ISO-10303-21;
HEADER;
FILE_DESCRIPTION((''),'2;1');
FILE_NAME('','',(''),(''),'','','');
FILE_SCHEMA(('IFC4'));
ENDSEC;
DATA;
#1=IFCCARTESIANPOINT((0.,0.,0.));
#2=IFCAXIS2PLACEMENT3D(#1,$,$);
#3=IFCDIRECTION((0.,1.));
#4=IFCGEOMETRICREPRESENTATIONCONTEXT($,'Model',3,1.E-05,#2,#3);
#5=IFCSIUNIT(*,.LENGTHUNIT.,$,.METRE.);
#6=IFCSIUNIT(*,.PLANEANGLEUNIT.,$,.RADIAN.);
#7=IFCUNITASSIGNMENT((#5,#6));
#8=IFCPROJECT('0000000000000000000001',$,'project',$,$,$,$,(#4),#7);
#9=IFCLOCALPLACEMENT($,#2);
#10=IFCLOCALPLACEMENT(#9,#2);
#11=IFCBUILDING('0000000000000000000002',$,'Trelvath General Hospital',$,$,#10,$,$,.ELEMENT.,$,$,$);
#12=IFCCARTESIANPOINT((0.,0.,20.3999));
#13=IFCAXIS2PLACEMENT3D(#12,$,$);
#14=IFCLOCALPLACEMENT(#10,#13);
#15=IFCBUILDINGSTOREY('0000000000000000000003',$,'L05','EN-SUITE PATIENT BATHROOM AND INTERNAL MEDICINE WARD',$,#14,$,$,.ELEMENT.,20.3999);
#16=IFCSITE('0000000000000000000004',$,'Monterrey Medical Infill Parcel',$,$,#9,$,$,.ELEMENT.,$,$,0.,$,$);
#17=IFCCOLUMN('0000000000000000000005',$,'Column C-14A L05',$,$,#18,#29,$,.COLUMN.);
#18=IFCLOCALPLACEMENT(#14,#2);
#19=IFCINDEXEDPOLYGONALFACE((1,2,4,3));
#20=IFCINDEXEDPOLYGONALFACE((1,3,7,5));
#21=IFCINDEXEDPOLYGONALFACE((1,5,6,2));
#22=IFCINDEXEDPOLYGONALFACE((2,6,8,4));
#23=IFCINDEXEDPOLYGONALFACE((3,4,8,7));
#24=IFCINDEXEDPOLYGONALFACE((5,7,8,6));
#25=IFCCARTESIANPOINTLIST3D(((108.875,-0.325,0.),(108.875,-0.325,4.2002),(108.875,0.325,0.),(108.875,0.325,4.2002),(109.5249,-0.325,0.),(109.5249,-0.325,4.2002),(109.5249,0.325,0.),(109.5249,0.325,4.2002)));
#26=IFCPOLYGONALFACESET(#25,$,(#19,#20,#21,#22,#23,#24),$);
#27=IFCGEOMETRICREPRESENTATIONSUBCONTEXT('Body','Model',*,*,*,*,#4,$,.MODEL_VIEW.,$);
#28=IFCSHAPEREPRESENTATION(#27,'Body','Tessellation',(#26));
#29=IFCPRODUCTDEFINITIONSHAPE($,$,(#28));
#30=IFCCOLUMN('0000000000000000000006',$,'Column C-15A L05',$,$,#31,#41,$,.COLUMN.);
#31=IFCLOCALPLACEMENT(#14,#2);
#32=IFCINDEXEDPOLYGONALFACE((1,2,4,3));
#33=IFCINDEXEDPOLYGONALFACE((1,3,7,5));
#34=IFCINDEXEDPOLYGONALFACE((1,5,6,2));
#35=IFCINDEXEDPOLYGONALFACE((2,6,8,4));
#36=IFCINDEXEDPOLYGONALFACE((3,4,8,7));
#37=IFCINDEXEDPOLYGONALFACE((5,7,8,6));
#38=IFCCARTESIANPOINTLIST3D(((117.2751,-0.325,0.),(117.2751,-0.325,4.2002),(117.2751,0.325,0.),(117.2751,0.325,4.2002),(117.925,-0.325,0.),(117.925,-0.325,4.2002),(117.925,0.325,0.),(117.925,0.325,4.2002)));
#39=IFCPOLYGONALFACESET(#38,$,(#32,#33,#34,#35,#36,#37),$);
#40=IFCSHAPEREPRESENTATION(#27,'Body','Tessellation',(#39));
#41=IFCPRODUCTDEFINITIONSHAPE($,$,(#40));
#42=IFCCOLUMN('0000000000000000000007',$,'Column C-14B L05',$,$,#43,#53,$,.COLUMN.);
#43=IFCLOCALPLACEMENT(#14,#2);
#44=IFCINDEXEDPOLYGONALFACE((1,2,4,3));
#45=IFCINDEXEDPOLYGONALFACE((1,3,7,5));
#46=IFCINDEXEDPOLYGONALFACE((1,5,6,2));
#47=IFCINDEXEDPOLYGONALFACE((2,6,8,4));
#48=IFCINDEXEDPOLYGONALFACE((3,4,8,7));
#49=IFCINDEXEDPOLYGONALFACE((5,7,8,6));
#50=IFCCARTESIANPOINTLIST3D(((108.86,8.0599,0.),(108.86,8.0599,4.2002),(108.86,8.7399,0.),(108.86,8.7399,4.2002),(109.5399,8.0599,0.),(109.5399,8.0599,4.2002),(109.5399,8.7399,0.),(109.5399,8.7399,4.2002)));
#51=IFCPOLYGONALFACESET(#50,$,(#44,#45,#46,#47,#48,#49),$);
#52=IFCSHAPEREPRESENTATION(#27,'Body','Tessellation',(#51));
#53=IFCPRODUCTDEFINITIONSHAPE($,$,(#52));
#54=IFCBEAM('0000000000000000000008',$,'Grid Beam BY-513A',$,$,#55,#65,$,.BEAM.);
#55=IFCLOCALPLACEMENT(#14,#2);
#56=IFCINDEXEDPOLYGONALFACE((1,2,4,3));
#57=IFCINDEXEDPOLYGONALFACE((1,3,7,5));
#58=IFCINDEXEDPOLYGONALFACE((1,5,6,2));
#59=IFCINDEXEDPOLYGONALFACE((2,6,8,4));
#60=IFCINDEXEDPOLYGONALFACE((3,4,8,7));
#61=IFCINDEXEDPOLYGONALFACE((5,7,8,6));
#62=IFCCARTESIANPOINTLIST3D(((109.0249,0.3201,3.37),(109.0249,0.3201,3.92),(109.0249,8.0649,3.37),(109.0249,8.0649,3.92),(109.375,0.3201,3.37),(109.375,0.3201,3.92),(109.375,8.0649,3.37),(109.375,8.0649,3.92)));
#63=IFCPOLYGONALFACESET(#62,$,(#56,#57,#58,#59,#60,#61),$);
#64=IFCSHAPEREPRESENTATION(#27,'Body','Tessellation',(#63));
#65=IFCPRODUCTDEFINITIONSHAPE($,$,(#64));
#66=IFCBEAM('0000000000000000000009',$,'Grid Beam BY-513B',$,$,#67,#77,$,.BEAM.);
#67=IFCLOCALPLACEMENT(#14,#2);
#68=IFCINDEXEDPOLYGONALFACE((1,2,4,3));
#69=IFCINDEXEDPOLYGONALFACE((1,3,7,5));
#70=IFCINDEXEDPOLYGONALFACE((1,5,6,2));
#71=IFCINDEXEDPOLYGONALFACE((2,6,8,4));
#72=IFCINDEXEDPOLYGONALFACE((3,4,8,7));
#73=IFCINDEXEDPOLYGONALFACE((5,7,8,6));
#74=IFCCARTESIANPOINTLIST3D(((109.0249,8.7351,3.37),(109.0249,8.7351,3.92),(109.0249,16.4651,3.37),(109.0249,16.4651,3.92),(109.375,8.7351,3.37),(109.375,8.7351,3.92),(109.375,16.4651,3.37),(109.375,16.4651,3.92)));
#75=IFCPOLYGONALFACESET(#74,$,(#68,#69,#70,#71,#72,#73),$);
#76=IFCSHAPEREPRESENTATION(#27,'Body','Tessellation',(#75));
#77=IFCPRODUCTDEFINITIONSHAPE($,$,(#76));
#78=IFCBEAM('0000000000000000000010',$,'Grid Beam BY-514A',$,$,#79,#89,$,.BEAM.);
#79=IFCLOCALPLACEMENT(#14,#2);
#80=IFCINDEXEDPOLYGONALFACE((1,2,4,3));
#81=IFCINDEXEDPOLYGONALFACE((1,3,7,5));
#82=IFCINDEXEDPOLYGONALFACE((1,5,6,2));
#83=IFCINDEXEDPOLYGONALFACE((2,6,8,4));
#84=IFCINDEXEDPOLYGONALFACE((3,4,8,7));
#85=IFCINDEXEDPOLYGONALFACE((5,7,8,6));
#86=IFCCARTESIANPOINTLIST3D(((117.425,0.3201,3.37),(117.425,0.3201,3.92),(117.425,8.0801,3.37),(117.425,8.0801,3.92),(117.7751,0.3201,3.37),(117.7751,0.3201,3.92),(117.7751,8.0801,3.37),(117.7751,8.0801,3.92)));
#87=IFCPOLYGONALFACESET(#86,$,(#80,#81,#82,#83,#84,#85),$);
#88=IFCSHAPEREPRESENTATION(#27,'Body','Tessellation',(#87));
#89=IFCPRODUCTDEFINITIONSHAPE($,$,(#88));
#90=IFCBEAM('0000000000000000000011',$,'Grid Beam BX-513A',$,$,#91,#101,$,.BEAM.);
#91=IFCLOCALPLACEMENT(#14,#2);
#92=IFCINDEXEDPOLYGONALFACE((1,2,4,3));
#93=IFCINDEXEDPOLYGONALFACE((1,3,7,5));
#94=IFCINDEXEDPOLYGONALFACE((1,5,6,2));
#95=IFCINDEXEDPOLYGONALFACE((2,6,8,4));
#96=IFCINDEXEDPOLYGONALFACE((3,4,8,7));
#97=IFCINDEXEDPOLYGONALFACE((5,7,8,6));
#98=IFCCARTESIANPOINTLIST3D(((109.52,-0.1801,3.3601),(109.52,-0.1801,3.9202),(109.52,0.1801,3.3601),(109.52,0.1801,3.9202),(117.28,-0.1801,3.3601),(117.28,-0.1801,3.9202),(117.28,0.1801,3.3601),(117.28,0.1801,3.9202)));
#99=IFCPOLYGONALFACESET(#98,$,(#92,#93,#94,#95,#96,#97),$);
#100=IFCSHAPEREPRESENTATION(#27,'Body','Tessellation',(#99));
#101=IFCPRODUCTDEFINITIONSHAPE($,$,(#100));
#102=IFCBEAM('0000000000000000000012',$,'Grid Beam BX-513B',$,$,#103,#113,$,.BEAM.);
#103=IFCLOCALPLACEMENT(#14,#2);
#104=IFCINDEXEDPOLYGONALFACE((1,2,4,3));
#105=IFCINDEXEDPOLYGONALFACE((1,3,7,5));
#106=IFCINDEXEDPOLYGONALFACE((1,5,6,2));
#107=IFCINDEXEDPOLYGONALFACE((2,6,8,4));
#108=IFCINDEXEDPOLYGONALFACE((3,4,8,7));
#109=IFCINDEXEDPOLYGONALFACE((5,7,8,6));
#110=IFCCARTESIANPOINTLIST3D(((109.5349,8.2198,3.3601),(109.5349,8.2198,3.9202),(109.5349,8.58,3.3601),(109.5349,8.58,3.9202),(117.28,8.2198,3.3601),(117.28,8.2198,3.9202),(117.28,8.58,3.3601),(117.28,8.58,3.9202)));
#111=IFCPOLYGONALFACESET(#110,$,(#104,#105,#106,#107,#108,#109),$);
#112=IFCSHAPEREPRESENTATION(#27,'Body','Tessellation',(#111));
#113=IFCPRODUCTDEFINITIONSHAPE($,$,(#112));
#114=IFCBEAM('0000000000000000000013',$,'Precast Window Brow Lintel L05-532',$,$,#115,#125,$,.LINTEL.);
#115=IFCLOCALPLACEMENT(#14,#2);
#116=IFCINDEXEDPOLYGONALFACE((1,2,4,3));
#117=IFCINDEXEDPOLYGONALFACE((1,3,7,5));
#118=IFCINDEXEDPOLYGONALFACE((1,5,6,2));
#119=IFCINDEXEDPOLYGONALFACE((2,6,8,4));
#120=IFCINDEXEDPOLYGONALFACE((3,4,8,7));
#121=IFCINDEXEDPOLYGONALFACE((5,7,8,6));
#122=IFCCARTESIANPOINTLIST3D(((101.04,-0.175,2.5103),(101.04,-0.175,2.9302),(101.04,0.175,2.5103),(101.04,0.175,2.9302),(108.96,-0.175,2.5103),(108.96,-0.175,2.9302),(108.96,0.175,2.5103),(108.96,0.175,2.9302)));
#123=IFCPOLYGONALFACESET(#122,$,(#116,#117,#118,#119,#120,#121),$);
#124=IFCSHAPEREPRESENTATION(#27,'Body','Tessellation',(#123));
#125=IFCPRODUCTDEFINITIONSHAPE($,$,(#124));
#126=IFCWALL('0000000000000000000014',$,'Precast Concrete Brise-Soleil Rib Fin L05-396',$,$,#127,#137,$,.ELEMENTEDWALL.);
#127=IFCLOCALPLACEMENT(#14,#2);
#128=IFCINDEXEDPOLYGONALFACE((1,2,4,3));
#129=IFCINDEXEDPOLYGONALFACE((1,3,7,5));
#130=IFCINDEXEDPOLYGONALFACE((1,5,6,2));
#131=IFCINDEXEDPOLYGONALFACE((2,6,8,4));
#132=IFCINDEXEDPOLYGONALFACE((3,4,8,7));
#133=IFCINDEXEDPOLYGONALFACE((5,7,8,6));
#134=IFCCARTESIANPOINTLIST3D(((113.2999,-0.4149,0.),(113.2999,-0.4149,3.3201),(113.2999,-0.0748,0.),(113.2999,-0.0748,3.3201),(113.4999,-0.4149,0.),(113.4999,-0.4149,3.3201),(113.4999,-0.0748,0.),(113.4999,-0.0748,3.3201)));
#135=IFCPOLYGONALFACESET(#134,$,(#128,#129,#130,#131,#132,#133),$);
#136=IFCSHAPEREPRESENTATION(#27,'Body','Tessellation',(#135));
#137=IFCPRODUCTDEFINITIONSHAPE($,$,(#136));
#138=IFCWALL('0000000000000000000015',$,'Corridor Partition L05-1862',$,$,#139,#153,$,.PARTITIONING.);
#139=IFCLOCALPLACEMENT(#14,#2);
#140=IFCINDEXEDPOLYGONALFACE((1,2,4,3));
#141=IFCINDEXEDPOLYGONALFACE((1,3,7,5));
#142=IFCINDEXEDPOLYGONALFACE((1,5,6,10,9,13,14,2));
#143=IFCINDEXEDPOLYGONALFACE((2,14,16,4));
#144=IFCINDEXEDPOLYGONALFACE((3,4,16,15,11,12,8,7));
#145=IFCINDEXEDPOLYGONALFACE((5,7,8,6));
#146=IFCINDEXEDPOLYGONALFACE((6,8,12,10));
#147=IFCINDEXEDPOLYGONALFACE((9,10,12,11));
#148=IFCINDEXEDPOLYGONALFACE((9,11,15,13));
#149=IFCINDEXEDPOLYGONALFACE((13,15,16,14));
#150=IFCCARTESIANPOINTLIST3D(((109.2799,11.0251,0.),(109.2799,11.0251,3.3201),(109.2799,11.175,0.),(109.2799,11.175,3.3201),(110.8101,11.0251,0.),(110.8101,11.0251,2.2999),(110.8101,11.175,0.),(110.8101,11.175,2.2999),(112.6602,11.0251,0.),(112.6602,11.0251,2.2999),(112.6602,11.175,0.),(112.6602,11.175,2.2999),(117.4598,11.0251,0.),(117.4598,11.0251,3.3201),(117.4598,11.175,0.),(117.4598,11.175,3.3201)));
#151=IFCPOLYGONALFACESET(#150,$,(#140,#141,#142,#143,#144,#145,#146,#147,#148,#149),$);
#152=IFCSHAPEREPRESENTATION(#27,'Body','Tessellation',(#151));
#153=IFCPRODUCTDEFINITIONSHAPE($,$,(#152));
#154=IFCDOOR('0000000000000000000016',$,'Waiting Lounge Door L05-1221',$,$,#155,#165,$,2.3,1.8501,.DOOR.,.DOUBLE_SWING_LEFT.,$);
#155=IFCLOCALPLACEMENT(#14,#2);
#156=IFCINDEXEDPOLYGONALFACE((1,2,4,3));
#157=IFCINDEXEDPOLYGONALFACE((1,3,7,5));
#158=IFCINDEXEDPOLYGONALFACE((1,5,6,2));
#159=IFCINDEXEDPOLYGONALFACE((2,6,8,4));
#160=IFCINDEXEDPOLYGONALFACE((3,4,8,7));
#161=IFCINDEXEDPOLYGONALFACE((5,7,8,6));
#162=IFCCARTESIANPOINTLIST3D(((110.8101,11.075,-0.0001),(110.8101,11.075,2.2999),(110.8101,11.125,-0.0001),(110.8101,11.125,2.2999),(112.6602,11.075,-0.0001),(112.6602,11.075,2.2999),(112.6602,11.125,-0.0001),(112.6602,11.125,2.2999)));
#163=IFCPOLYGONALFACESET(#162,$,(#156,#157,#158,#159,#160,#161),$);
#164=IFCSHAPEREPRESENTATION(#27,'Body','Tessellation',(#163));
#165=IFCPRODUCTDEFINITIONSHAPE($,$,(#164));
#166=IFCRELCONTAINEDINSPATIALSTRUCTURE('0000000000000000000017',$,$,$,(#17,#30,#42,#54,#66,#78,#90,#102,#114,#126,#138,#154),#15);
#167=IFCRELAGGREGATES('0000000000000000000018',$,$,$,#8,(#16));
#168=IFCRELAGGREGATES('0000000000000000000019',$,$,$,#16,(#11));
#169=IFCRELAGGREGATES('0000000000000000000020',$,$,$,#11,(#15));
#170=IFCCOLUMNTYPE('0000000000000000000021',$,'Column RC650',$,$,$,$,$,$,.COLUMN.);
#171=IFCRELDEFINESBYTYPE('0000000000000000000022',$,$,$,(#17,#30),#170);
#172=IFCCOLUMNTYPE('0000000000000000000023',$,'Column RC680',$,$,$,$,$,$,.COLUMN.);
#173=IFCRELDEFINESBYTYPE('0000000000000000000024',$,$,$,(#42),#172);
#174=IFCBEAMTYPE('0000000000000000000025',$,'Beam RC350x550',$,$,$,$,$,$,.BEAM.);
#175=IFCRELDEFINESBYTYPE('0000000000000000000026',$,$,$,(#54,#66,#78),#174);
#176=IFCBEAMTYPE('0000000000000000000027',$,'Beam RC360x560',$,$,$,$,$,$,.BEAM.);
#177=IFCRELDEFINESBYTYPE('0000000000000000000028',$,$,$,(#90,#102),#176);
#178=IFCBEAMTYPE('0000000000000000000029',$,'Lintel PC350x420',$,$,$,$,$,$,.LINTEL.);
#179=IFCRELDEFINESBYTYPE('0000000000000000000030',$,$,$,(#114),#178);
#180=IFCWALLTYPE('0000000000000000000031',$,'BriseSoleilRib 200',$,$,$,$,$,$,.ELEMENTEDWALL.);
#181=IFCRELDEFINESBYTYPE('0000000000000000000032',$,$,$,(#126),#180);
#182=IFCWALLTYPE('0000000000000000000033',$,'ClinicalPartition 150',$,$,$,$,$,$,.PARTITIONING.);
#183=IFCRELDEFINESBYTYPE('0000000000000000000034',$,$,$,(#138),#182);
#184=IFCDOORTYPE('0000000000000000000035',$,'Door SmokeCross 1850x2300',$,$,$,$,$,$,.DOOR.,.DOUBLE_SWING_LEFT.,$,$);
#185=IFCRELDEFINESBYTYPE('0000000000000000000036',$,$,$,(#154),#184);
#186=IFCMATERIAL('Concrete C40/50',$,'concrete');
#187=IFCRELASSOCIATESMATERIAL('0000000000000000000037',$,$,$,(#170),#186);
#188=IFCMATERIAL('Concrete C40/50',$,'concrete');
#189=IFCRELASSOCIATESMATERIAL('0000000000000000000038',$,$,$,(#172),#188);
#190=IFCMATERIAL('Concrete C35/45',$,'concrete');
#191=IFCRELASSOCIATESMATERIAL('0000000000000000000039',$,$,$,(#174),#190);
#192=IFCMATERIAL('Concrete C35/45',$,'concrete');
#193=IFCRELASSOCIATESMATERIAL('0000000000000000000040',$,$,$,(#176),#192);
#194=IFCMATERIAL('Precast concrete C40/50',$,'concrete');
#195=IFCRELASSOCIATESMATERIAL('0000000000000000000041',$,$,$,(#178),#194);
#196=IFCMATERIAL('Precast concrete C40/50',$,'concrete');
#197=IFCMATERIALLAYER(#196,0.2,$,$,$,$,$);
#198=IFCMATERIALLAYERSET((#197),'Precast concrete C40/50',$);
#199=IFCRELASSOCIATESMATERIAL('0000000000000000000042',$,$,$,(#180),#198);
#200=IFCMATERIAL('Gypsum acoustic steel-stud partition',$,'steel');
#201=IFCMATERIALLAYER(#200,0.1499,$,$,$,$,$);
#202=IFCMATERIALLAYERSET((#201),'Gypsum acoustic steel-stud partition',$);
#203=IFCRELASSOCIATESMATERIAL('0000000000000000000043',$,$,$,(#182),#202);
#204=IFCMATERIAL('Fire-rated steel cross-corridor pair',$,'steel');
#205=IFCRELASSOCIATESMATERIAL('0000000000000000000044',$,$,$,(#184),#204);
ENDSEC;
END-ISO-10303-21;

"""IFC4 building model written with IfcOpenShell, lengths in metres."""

from ifc_helpers import new_model, si_unit, direction, frame, frame_2d, origin, origin_2d, place, context, subcontext, project, spatial, rectangle, extrude, material, layer, layer_set, material_profile, profile_set, type_object, element, fill, save


model = new_model("IFC4")

# Units and contexts
model_context = context("Model", 3, precision=1e-05, world=origin(), true_north=direction((0.0, 1.0)))
body_context = subcontext(model_context, "Body", "Model", "MODEL_VIEW")
ifc_project = project(units=[si_unit("LENGTHUNIT", "METRE"), si_unit("PLANEANGLEUNIT", "RADIAN")], contexts=[model_context])

# Site, building, storey
site_placement = place(None, origin())
site = spatial("IfcSite", under=ifc_project, at=site_placement, Name="Monterrey Medical Infill Parcel", CompositionType="ELEMENT", RefElevation=0.0)
building_placement = place(site_placement, origin())
building = spatial("IfcBuilding", under=site, at=building_placement, Name="Trelvath General Hospital", CompositionType="ELEMENT")
storey_placement = place(building_placement, frame((0.0, 0.0, 20.3999)))
storey = spatial("IfcBuildingStorey", under=building, at=storey_placement, Name="L05", Description="EN-SUITE PATIENT BATHROOM AND INTERNAL MEDICINE WARD", CompositionType="ELEMENT", Elevation=20.3999)

# Columns
ifc_material_1 = material(Name="Concrete C40/50", Category="concrete")
ifc_material_profile_1 = material_profile(ifc_material_1, rectangle(XDim=0.6499, YDim=0.6499, at=origin_2d()), Name="RC650x650")
ifc_profile_set_1 = profile_set([ifc_material_profile_1], Name="Concrete C40/50")
column_type_1 = type_object("IfcColumnType", Name="Column RC650", PredefinedType="COLUMN", material=ifc_profile_set_1)
for number, where, z_axis, x_axis, name in (
    (1, (109.2, 0.0, 0.0), (0.0, 0.0, 1.0), (1.0, 0.0, 0.0), "Column C-14A L05"),
    (2, (117.6001, 0.0, 0.0), (0.0, 0.0, 1.0), (1.0, 0.0, 0.0), "Column C-15A L05"),
):
    element("IfcColumn", number, at=place(storey_placement, frame(where, z_axis=z_axis, x_axis=x_axis)), inside=storey, type_object=column_type_1, Name=name, PredefinedType="COLUMN", context=body_context, shape_type="SweptSolid", body=[
        extrude(rectangle(XDim=0.6499, YDim=0.6499, at=origin_2d()), origin(), (0.0, 0.0, 1.0), 4.2002),
    ])
ifc_material_2 = material(Name="Concrete C40/50", Category="concrete")
ifc_material_profile_2 = material_profile(ifc_material_2, rectangle(XDim=0.6799, YDim=0.6799, at=origin_2d()), Name="RC680x680")
ifc_profile_set_2 = profile_set([ifc_material_profile_2], Name="Concrete C40/50")
column_type_2 = type_object("IfcColumnType", Name="Column RC680", PredefinedType="COLUMN", material=ifc_profile_set_2)
column_placement = place(storey_placement, frame((109.2, 8.3999, 0.0), z_axis=(0.0, 0.0, 1.0), x_axis=(1.0, 0.0, 0.0)))
element("IfcColumn", 3, at=column_placement, inside=storey, type_object=column_type_2, Name="Column C-14B L05", PredefinedType="COLUMN", context=body_context, shape_type="SweptSolid", body=[
    extrude(rectangle(XDim=0.6799, YDim=0.6799, at=origin_2d()), origin(), (0.0, 0.0, 1.0), 4.2002),
])

# Beams
ifc_material_3 = material(Name="Concrete C35/45", Category="concrete")
ifc_material_profile_3 = material_profile(ifc_material_3, rectangle(XDim=0.3501, YDim=0.55, at=origin_2d()), Name="RCB350x550")
ifc_profile_set_3 = profile_set([ifc_material_profile_3], Name="Concrete C35/45")
beam_type_1 = type_object("IfcBeamType", Name="Beam RC350x550", PredefinedType="BEAM", material=ifc_profile_set_3)
beam_1_placement = place(storey_placement, frame((109.2, 0.3201, 3.645), z_axis=(0.0, 1.0, 0.0), x_axis=(-1.0, 0.0, 0.0)))
element("IfcBeam", 4, at=beam_1_placement, inside=storey, type_object=beam_type_1, Name="Grid Beam BY-513A", PredefinedType="BEAM", context=body_context, shape_type="SweptSolid", body=[
    extrude(rectangle(XDim=0.3501, YDim=0.55, at=origin_2d()), origin(), (0.0, 0.0, 1.0), 7.7449),
])
beam_2_placement = place(storey_placement, frame((109.2, 8.7351, 3.645), z_axis=(0.0, 1.0, 0.0), x_axis=(-1.0, 0.0, 0.0)))
element("IfcBeam", 5, at=beam_2_placement, inside=storey, type_object=beam_type_1, Name="Grid Beam BY-513B", PredefinedType="BEAM", context=body_context, shape_type="SweptSolid", body=[
    extrude(rectangle(XDim=0.3501, YDim=0.55, at=origin_2d()), origin(), (0.0, 0.0, 1.0), 7.73),
])
beam_3_placement = place(storey_placement, frame((117.6001, 0.3201, 3.645), z_axis=(0.0, 1.0, 0.0), x_axis=(-1.0, 0.0, 0.0)))
element("IfcBeam", 6, at=beam_3_placement, inside=storey, type_object=beam_type_1, Name="Grid Beam BY-514A", PredefinedType="BEAM", context=body_context, shape_type="SweptSolid", body=[
    extrude(rectangle(XDim=0.3501, YDim=0.55, at=origin_2d()), origin(), (0.0, 0.0, 1.0), 7.76),
])
ifc_material_4 = material(Name="Concrete C35/45", Category="concrete")
ifc_material_profile_4 = material_profile(ifc_material_4, rectangle(XDim=0.3601, YDim=0.5601, at=origin_2d()), Name="RCB360x560")
ifc_profile_set_4 = profile_set([ifc_material_profile_4], Name="Concrete C35/45")
beam_type_2 = type_object("IfcBeamType", Name="Beam RC360x560", PredefinedType="BEAM", material=ifc_profile_set_4)
beam_4_placement = place(storey_placement, frame((109.52, 0.0, 3.6401), z_axis=(1.0, 0.0, 0.0), x_axis=(0.0, 1.0, 0.0)))
element("IfcBeam", 7, at=beam_4_placement, inside=storey, type_object=beam_type_2, Name="Grid Beam BX-513A", PredefinedType="BEAM", context=body_context, shape_type="SweptSolid", body=[
    extrude(rectangle(XDim=0.3601, YDim=0.5601, at=origin_2d()), origin(), (0.0, 0.0, 1.0), 7.76),
])
beam_5_placement = place(storey_placement, frame((109.5349, 8.3999, 3.6401), z_axis=(1.0, 0.0, 0.0), x_axis=(0.0, 1.0, 0.0)))
element("IfcBeam", 8, at=beam_5_placement, inside=storey, type_object=beam_type_2, Name="Grid Beam BX-513B", PredefinedType="BEAM", context=body_context, shape_type="SweptSolid", body=[
    extrude(rectangle(XDim=0.3601, YDim=0.5601, at=origin_2d()), origin(), (0.0, 0.0, 1.0), 7.7451),
])
ifc_material_5 = material(Name="Precast concrete C40/50", Category="concrete")
ifc_material_profile_5 = material_profile(ifc_material_5, rectangle(XDim=0.3501, YDim=0.4199, at=origin_2d()), Name="PCL350x420")
ifc_profile_set_5 = profile_set([ifc_material_profile_5], Name="Precast concrete C40/50")
beam_type_3 = type_object("IfcBeamType", Name="Lintel PC350x420", PredefinedType="LINTEL", material=ifc_profile_set_5)
beam_6_placement = place(storey_placement, frame((108.96, 0.0, 2.7202), z_axis=(-1.0, 0.0, 0.0), x_axis=(0.0, -1.0, 0.0)))
element("IfcBeam", 9, at=beam_6_placement, inside=storey, type_object=beam_type_3, Name="Precast Window Brow Lintel L05-532", PredefinedType="LINTEL", context=body_context, shape_type="SweptSolid", body=[
    extrude(rectangle(XDim=0.3501, YDim=0.4199, at=origin_2d()), origin(), (0.0, 0.0, 1.0), 7.9199),
])

# Wall
ifc_material_6 = material(Name="Precast concrete C40/50", Category="concrete")
ifc_layer_1 = layer(ifc_material_6, 0.2)
ifc_layer_set_1 = layer_set([ifc_layer_1], Name="Precast concrete C40/50")
wall_type_1 = type_object("IfcWallType", Name="BriseSoleilRib 200", PredefinedType="ELEMENTEDWALL", material=ifc_layer_set_1)
wall_1_placement = place(storey_placement, frame((113.3999, -0.075, 0.0), z_axis=(0.0, 0.0, 1.0), x_axis=(0.0, -1.0, 0.0)))
element("IfcWall", 10, at=wall_1_placement, inside=storey, type_object=wall_type_1, Name="Precast Concrete Brise-Soleil Rib Fin L05-396", PredefinedType="ELEMENTEDWALL", context=body_context, shape_type="SweptSolid", body=[
    extrude(rectangle(XDim=0.3401, YDim=0.2, at=frame_2d((0.1699, 0.0))), origin(), (0.0, 0.0, 1.0), 3.3201),
])

# Wall, opening, door
ifc_material_7 = material(Name="Gypsum acoustic steel-stud partition", Category="steel")
ifc_layer_2 = layer(ifc_material_7, 0.1499)
ifc_layer_set_2 = layer_set([ifc_layer_2], Name="Gypsum acoustic steel-stud partition")
wall_type_2 = type_object("IfcWallType", Name="ClinicalPartition 150", PredefinedType="PARTITIONING", material=ifc_layer_set_2)
wall_2_placement = place(storey_placement, frame((109.28, 11.1001, 0.0), z_axis=(0.0, 0.0, 1.0), x_axis=(1.0, 0.0, 0.0)))
wall_2 = element("IfcWall", 11, at=wall_2_placement, inside=storey, type_object=wall_type_2, Name="Corridor Partition L05-1862", PredefinedType="PARTITIONING", context=body_context, shape_type="SweptSolid", body=[
    extrude(rectangle(XDim=8.1799, YDim=0.1499, at=frame_2d((4.0898, 0.0))), origin(), (0.0, 0.0, 1.0), 3.3201),
])
opening_1_placement = place(wall_2_placement, frame((1.53, 0.0, 0.0)))
opening_1 = element("IfcOpeningElement", 12, at=opening_1_placement, cuts=wall_2, PredefinedType="OPENING", context=body_context, shape_type="SweptSolid", body=[
    extrude(rectangle(XDim=1.8501, YDim=2.3, at=frame_2d((0.925, 1.1499))), frame((0.0, 0.085, 0.0), z_axis=(0.0, -1.0, 0.0), x_axis=(1.0, 0.0, 0.0)), (0.0, 0.0, 1.0), 0.1699),
])
ifc_material_8 = material(Name="Fire-rated steel cross-corridor pair", Category="steel")
door_type = type_object("IfcDoorType", Name="Door SmokeCross 1850x2300", OperationType="DOUBLE_SWING_LEFT", PredefinedType="DOOR", material=ifc_material_8)
door_placement = place(opening_1_placement, origin())
door = element("IfcDoor", 13, at=door_placement, inside=storey, type_object=door_type, Name="Waiting Lounge Door L05-1221", OperationType="DOUBLE_SWING_LEFT", OverallHeight=2.3, OverallWidth=1.8501, PredefinedType="DOOR", context=body_context, shape_type="SweptSolid", body=[
    extrude(rectangle(XDim=1.8501, YDim=2.3, at=frame_2d((0.925, 1.1499))), frame((0.0, 0.0249, 0.0), z_axis=(0.0, -1.0, 0.0), x_axis=(1.0, 0.0, 0.0)), (0.0, 0.0, 1.0), 0.05),
])
fill(opening_1, door)

save(model, "model.ifc")
